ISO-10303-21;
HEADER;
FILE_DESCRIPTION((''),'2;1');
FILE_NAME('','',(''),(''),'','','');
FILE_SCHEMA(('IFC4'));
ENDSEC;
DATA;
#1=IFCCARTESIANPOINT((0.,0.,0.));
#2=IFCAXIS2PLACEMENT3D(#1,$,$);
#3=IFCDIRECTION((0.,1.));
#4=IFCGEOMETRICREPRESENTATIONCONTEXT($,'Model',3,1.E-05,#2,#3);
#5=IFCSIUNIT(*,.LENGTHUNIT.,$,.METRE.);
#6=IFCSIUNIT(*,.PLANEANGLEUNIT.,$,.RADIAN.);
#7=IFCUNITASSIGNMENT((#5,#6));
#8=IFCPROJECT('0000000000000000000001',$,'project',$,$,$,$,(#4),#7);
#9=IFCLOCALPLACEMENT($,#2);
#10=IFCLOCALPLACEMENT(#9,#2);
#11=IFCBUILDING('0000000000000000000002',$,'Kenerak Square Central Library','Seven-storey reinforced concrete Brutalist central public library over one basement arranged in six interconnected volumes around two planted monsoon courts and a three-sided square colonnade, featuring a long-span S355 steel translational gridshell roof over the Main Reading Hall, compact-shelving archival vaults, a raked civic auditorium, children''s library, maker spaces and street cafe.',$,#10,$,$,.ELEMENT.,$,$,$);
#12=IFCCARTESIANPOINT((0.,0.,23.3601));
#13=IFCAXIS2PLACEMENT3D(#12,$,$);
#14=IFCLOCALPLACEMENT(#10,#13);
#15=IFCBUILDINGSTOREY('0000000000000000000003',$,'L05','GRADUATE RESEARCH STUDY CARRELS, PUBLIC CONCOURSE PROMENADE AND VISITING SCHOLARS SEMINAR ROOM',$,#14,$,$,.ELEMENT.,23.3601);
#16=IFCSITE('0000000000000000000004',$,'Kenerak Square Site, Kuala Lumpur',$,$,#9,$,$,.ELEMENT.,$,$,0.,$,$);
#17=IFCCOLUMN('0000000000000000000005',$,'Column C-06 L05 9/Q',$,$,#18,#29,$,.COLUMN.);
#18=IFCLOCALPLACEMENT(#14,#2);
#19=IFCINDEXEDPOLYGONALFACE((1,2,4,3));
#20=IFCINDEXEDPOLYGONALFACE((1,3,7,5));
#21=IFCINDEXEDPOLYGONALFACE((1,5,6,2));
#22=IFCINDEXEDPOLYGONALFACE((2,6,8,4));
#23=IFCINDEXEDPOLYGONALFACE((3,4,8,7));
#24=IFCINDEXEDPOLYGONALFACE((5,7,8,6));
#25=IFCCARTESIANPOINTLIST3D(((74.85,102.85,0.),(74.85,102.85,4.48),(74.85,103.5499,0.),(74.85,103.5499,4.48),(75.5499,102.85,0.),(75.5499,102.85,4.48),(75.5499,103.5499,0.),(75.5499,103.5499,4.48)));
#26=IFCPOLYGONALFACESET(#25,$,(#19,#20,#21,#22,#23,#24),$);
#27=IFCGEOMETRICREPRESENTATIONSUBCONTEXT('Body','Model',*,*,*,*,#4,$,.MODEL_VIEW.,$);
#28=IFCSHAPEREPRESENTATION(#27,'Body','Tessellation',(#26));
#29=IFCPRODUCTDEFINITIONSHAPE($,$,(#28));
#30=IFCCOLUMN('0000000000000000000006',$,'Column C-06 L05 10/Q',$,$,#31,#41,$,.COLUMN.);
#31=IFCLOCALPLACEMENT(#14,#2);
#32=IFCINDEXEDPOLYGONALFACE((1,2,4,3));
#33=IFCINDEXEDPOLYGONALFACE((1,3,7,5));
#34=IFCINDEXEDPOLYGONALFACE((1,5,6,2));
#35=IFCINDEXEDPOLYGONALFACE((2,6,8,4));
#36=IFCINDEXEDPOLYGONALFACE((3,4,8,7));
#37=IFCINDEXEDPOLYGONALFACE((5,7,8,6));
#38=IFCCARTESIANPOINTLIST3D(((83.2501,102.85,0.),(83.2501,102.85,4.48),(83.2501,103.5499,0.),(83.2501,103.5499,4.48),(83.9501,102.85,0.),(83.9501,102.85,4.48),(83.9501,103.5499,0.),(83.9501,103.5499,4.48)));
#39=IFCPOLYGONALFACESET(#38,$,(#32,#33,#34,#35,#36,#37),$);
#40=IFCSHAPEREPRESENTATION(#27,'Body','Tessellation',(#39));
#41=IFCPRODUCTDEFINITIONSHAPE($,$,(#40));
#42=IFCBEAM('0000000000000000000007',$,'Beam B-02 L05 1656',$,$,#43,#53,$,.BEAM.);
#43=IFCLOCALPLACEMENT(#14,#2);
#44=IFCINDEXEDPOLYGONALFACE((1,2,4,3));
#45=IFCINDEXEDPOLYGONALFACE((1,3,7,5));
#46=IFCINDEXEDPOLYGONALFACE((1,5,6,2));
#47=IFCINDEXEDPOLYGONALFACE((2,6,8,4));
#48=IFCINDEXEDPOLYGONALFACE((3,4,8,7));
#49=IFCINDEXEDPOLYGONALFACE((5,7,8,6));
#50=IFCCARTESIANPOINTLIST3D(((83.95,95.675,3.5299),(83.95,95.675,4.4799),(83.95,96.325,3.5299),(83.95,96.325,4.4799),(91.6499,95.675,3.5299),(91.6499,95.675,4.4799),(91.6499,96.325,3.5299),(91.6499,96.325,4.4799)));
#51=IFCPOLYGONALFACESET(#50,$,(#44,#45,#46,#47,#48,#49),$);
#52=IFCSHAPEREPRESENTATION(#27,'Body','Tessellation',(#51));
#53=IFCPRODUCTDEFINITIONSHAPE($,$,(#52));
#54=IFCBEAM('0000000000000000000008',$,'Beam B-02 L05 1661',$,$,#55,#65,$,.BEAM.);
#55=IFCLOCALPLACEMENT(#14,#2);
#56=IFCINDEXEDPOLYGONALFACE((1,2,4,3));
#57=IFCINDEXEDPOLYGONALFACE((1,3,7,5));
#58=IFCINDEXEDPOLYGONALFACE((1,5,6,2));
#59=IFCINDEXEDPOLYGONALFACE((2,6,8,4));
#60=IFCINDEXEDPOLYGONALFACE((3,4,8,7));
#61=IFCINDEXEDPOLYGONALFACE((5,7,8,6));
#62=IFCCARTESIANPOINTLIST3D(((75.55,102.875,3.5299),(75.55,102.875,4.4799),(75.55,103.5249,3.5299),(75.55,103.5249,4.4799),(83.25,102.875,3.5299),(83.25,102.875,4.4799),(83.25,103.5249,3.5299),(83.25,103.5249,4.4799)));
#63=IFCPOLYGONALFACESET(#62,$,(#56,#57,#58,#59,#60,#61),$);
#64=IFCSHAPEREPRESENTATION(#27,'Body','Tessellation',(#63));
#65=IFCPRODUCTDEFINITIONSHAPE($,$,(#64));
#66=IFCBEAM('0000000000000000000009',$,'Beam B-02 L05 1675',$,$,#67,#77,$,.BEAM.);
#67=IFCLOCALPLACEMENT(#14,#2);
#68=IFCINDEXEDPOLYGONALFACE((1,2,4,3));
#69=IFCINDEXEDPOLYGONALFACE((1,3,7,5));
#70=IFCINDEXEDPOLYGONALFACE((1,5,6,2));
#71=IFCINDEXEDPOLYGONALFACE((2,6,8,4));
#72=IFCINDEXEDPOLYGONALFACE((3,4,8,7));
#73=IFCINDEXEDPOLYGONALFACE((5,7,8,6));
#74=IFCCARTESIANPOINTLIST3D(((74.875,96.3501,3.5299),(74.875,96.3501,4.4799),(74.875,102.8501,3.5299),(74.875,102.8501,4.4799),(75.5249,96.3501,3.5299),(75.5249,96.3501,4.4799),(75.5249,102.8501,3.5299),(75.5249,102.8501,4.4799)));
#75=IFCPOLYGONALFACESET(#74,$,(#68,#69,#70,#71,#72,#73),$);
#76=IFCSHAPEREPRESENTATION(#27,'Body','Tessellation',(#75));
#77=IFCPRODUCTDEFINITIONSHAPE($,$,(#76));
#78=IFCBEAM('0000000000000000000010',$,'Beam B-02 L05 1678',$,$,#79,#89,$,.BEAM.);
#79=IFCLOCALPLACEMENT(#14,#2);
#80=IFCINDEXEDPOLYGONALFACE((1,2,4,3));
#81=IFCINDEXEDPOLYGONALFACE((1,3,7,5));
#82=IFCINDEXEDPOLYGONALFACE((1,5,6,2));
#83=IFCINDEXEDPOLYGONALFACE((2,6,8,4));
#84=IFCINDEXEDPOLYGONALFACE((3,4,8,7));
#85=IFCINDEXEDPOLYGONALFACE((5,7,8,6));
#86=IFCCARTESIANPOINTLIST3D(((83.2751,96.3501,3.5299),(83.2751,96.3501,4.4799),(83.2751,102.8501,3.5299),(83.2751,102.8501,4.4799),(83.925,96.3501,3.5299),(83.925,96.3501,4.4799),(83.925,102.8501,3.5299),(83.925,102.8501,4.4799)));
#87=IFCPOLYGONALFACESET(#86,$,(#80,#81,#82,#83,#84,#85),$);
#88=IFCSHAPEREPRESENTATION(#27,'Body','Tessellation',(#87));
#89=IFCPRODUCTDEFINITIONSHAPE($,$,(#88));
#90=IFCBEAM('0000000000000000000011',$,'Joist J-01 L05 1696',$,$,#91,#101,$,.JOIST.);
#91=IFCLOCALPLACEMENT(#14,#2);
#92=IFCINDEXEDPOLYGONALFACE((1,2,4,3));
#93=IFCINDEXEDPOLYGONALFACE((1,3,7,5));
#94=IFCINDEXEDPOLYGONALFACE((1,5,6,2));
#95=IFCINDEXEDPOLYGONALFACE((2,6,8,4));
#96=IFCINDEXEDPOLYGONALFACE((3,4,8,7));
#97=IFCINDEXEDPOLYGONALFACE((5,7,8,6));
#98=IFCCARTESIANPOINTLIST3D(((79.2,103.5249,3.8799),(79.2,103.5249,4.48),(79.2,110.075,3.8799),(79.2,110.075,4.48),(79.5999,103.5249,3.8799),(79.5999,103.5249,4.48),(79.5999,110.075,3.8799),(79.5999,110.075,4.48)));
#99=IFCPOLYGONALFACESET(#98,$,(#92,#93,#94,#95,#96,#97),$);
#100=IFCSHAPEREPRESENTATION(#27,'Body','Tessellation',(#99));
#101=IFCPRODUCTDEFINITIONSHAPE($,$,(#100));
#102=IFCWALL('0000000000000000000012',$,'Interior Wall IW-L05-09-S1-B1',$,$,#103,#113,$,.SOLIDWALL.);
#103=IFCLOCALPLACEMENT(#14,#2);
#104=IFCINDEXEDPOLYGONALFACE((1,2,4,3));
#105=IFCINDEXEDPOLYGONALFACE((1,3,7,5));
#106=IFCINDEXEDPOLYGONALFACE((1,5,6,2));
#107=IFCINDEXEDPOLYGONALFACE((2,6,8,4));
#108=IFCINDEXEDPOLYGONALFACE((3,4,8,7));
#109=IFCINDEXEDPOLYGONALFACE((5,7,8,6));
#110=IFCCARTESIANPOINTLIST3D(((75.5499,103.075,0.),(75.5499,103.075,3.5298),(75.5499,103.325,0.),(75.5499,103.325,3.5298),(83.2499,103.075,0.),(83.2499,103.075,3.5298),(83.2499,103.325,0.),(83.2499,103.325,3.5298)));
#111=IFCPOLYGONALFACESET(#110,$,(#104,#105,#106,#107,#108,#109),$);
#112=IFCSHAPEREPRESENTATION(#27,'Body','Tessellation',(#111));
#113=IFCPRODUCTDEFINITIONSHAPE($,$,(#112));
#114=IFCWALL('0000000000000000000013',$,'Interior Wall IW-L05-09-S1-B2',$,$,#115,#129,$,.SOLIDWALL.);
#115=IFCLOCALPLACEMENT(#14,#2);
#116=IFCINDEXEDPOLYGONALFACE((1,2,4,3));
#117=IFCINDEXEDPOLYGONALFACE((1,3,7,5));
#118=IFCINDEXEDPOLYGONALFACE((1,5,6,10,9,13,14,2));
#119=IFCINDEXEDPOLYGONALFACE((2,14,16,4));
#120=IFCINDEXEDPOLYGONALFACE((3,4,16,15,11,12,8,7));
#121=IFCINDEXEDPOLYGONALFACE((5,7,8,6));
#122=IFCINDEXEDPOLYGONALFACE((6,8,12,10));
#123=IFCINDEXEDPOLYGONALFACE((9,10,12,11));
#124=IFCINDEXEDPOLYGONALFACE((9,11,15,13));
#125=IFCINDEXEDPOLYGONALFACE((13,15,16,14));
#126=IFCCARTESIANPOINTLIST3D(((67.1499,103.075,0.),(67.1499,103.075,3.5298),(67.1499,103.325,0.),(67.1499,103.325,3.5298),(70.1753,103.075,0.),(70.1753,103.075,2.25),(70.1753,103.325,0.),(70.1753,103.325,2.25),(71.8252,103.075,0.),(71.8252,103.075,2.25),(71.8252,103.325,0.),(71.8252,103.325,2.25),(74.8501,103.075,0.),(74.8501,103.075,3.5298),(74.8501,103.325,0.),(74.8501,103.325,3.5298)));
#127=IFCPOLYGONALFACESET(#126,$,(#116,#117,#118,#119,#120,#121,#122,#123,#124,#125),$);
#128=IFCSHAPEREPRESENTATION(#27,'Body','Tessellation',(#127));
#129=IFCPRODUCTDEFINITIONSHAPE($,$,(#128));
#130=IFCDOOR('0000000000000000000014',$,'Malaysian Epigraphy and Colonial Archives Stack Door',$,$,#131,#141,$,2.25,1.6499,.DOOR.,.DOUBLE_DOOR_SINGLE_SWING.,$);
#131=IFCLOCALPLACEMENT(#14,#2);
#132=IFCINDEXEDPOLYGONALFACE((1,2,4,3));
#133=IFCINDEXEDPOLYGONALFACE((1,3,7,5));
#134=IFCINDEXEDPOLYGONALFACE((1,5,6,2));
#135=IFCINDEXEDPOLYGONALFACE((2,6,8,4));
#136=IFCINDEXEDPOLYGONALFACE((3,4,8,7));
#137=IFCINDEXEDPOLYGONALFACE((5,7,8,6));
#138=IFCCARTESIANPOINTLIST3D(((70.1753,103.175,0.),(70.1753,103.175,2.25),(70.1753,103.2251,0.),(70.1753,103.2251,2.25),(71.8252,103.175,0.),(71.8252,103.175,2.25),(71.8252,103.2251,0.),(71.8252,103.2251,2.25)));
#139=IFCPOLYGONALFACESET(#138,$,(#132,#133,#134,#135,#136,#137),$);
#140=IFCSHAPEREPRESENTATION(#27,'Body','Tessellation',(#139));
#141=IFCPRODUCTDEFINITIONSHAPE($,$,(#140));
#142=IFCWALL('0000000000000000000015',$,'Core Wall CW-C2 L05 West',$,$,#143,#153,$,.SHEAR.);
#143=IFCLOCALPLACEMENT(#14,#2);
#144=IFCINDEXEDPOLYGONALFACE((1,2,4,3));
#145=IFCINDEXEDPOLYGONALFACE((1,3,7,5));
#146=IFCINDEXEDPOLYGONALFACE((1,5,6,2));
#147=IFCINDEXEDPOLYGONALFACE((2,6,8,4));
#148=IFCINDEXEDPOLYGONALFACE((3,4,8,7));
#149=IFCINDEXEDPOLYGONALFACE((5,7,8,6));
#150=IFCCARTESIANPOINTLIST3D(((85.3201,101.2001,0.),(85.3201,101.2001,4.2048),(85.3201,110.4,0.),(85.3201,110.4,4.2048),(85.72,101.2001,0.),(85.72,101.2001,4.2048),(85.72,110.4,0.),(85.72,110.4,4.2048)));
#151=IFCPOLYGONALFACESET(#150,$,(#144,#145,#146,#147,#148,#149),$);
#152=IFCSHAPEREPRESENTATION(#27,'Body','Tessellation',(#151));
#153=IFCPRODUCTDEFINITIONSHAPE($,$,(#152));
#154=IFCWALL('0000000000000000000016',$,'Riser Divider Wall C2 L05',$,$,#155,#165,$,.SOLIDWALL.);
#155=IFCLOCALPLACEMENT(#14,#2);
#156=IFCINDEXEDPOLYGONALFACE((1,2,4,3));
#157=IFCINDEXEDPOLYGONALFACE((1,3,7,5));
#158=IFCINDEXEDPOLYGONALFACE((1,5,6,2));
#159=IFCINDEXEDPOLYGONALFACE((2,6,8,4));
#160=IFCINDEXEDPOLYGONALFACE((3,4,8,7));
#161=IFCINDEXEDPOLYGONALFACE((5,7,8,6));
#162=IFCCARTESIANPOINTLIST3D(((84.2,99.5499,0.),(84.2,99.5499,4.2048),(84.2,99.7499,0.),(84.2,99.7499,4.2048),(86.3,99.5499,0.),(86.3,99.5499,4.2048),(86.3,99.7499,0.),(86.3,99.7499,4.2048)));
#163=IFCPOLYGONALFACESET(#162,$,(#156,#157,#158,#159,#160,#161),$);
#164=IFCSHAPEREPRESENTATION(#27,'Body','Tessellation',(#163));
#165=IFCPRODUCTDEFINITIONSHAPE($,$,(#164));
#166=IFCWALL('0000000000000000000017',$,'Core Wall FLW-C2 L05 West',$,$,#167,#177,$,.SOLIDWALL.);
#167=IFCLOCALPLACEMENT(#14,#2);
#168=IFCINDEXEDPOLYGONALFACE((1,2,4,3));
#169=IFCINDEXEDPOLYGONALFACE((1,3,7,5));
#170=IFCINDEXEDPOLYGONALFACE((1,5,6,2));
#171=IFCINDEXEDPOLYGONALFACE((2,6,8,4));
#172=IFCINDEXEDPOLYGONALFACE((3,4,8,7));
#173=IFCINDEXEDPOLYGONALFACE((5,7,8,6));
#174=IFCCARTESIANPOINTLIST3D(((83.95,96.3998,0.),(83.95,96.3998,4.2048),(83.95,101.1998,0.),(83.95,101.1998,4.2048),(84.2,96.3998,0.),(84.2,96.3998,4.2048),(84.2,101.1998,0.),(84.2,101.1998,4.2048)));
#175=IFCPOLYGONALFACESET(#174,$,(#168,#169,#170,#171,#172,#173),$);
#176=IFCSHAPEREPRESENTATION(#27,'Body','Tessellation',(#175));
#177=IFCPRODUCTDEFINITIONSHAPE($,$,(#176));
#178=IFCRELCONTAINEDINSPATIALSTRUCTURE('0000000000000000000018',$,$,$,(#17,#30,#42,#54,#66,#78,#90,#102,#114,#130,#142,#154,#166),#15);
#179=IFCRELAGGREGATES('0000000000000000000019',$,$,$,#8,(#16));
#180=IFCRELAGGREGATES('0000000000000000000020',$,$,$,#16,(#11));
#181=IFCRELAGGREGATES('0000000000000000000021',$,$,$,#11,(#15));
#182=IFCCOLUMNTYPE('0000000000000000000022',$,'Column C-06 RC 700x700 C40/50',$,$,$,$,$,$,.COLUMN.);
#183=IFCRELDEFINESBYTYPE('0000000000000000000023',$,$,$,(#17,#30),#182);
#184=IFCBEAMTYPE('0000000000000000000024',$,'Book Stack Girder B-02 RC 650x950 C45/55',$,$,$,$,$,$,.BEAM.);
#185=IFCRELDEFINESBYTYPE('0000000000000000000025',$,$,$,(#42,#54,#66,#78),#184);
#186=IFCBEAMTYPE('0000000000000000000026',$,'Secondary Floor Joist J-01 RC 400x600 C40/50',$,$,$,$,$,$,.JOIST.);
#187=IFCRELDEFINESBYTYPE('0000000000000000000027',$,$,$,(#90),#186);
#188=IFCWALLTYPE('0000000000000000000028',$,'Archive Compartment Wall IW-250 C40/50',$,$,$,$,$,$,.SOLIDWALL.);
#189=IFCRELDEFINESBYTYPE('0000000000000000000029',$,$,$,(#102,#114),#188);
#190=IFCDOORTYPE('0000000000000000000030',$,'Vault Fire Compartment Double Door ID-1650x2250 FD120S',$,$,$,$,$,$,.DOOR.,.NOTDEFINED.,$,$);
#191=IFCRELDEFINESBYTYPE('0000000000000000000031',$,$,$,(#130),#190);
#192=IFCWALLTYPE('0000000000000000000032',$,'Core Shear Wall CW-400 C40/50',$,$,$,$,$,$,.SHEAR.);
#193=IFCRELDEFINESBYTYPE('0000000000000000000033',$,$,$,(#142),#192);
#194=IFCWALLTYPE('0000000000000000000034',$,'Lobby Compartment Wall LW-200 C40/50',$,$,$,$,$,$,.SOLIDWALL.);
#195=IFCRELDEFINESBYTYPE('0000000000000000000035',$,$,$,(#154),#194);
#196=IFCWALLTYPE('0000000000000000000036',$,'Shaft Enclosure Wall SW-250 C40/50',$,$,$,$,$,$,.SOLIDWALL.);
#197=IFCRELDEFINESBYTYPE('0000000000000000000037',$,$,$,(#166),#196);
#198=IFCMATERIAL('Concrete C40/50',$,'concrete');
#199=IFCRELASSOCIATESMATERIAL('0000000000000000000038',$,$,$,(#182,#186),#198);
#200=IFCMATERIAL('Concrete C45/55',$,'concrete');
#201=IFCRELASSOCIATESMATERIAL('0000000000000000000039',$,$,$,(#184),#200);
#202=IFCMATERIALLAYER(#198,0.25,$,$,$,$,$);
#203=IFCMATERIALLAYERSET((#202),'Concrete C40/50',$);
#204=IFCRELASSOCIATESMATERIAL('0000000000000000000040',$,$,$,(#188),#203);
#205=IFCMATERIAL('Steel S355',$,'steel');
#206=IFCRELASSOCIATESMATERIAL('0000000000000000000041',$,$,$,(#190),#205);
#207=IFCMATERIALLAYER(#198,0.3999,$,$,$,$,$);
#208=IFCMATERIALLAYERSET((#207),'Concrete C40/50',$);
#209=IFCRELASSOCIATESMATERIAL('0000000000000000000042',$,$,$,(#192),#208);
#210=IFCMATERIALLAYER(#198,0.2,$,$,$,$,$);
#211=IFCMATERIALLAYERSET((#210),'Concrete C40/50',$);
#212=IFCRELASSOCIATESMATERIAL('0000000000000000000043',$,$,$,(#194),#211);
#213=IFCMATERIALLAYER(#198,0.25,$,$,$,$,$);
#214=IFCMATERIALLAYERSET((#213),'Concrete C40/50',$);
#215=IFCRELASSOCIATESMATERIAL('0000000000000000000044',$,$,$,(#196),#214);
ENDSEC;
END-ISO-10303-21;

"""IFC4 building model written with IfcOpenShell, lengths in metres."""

from ifc_helpers import new_model, si_unit, direction, frame, frame_2d, origin, origin_2d, place, context, subcontext, project, spatial, rectangle, extrude, material, layer, layer_set, material_profile, profile_set, type_object, element, fill, save


model = new_model("IFC4")

# Units and contexts
model_context = context("Model", 3, precision=1e-05, world=origin(), true_north=direction((0.0, 1.0)))
body_context = subcontext(model_context, "Body", "Model", "MODEL_VIEW")
ifc_project = project(units=[si_unit("LENGTHUNIT", "METRE"), si_unit("PLANEANGLEUNIT", "RADIAN")], contexts=[model_context])

# Site, building, storey
site_placement = place(None, origin())
site = spatial("IfcSite", under=ifc_project, at=site_placement, Name="Kenerak Square Site, Kuala Lumpur", CompositionType="ELEMENT", RefElevation=0.0)
building_placement = place(site_placement, origin())
building = spatial("IfcBuilding", under=site, at=building_placement, Name="Kenerak Square Central Library", Description="Seven-storey reinforced concrete Brutalist central public library over one basement arranged in six interconnected volumes around two planted monsoon courts and a three-sided square colonnade, featuring a long-span S355 steel translational gridshell roof over the Main Reading Hall, compact-shelving archival vaults, a raked civic auditorium, children's library, maker spaces and street cafe.", CompositionType="ELEMENT")
storey_placement = place(building_placement, frame((0.0, 0.0, 23.3601)))
storey = spatial("IfcBuildingStorey", under=building, at=storey_placement, Name="L05", Description="GRADUATE RESEARCH STUDY CARRELS, PUBLIC CONCOURSE PROMENADE AND VISITING SCHOLARS SEMINAR ROOM", CompositionType="ELEMENT", Elevation=23.3601)

# Columns
ifc_material_1 = material(Name="Concrete C40/50", Category="concrete")
ifc_material_profile_1 = material_profile(ifc_material_1, rectangle(XDim=0.7, YDim=0.7, at=origin_2d()), Name="RC 700x700")
ifc_profile_set_1 = profile_set([ifc_material_profile_1], Name="Concrete C40/50")
column_type = type_object("IfcColumnType", Name="Column C-06 RC 700x700 C40/50", PredefinedType="COLUMN", material=ifc_profile_set_1)
for number, where, z_axis, x_axis, name in (
    (1, (75.2, 103.2, 0.0), (0.0, 0.0, 1.0), (1.0, 0.0, 0.0), "Column C-06 L05 9/Q"),
    (2, (83.6001, 103.2, 0.0), (0.0, 0.0, 1.0), (1.0, 0.0, 0.0), "Column C-06 L05 10/Q"),
):
    element("IfcColumn", number, at=place(storey_placement, frame(where, z_axis=z_axis, x_axis=x_axis)), inside=storey, type_object=column_type, Name=name, PredefinedType="COLUMN", context=body_context, shape_type="SweptSolid", body=[
        extrude(rectangle(XDim=0.7, YDim=0.7, at=origin_2d()), origin(), (0.0, 0.0, 1.0), 4.48),
    ])

# Beams
ifc_material_2 = material(Name="Concrete C45/55", Category="concrete")
ifc_material_profile_2 = material_profile(ifc_material_2, rectangle(XDim=0.6499, YDim=0.95, at=origin_2d()), Name="RC 650x950")
ifc_profile_set_2 = profile_set([ifc_material_profile_2], Name="Concrete C45/55")
beam_type_1 = type_object("IfcBeamType", Name="Book Stack Girder B-02 RC 650x950 C45/55", PredefinedType="BEAM", material=ifc_profile_set_2)
for number, where, z_axis, x_axis, name in (
    (3, (83.95, 96.0, 4.0049), (1.0, 0.0, 0.0), (0.0, 1.0, 0.0), "Beam B-02 L05 1656"),
    (4, (75.55, 103.2, 4.0049), (1.0, 0.0, 0.0), (0.0, 1.0, 0.0), "Beam B-02 L05 1661"),
):
    element("IfcBeam", number, at=place(storey_placement, frame(where, z_axis=z_axis, x_axis=x_axis)), inside=storey, type_object=beam_type_1, Name=name, PredefinedType="BEAM", context=body_context, shape_type="SweptSolid", body=[
        extrude(rectangle(XDim=0.6499, YDim=0.95, at=origin_2d()), origin(), (0.0, 0.0, 1.0), 7.7),
    ])
for number, where, z_axis, x_axis, name in (
    (5, (75.2, 96.3501, 4.0049), (0.0, 1.0, 0.0), (-1.0, 0.0, 0.0), "Beam B-02 L05 1675"),
    (6, (83.6001, 96.3501, 4.0049), (0.0, 1.0, 0.0), (-1.0, 0.0, 0.0), "Beam B-02 L05 1678"),
):
    element("IfcBeam", number, at=place(storey_placement, frame(where, z_axis=z_axis, x_axis=x_axis)), inside=storey, type_object=beam_type_1, Name=name, PredefinedType="BEAM", context=body_context, shape_type="SweptSolid", body=[
        extrude(rectangle(XDim=0.6499, YDim=0.95, at=origin_2d()), origin(), (0.0, 0.0, 1.0), 6.5),
    ])
ifc_material_profile_3 = material_profile(ifc_material_1, rectangle(XDim=0.3999, YDim=0.6001, at=origin_2d()), Name="RC 400x600")
ifc_profile_set_3 = profile_set([ifc_material_profile_3], Name="Concrete C40/50")
beam_type_2 = type_object("IfcBeamType", Name="Secondary Floor Joist J-01 RC 400x600 C40/50", PredefinedType="JOIST", material=ifc_profile_set_3)
beam_placement = place(storey_placement, frame((79.3999, 103.5249, 4.1799), z_axis=(0.0, 1.0, 0.0), x_axis=(-1.0, 0.0, 0.0)))
element("IfcBeam", 7, at=beam_placement, inside=storey, type_object=beam_type_2, Name="Joist J-01 L05 1696", PredefinedType="JOIST", context=body_context, shape_type="SweptSolid", body=[
    extrude(rectangle(XDim=0.3999, YDim=0.6001, at=origin_2d()), origin(), (0.0, 0.0, 1.0), 6.55),
])

# Wall
ifc_layer_1 = layer(ifc_material_1, 0.25)
ifc_layer_set_1 = layer_set([ifc_layer_1], Name="Concrete C40/50")
wall_type_1 = type_object("IfcWallType", Name="Archive Compartment Wall IW-250 C40/50", PredefinedType="SOLIDWALL", material=ifc_layer_set_1)
wall_1_placement = place(storey_placement, frame((83.25, 103.2, 0.0), z_axis=(0.0, 0.0, 1.0), x_axis=(-1.0, 0.0, 0.0)))
element("IfcWall", 8, at=wall_1_placement, inside=storey, type_object=wall_type_1, Name="Interior Wall IW-L05-09-S1-B1", PredefinedType="SOLIDWALL", context=body_context, shape_type="SweptSolid", body=[
    extrude(rectangle(XDim=7.7, YDim=0.25, at=frame_2d((3.8501, 0.0))), origin(), (0.0, 0.0, 1.0), 3.5298),
])

# Wall, opening, door
wall_2_placement = place(storey_placement, frame((74.8501, 103.2, 0.0), z_axis=(0.0, 0.0, 1.0), x_axis=(-1.0, 0.0, 0.0)))
wall_2 = element("IfcWall", 9, at=wall_2_placement, inside=storey, type_object=wall_type_1, Name="Interior Wall IW-L05-09-S1-B2", PredefinedType="SOLIDWALL", context=body_context, shape_type="SweptSolid", body=[
    extrude(rectangle(XDim=7.7002, YDim=0.25, at=frame_2d((3.8501, 0.0))), origin(), (0.0, 0.0, 1.0), 3.5298),
])
opening_1_placement = place(wall_2_placement, frame((3.0249, 0.0, 0.0)))
opening_1 = element("IfcOpeningElement", 10, at=opening_1_placement, cuts=wall_2, PredefinedType="OPENING", context=body_context, shape_type="SweptSolid", body=[
    extrude(rectangle(XDim=1.6499, YDim=2.25, at=frame_2d((0.825, 1.125))), frame((0.0, 0.135, 0.0), z_axis=(0.0, -1.0, 0.0), x_axis=(1.0, 0.0, 0.0)), (0.0, 0.0, 1.0), 0.27),
])
ifc_material_3 = material(Name="Steel S355", Category="steel")
door_type_1 = type_object("IfcDoorType", Name="Vault Fire Compartment Double Door ID-1650x2250 FD120S", OperationType="NOTDEFINED", PredefinedType="DOOR", material=ifc_material_3)
door_1_placement = place(opening_1_placement, origin())
door_1 = element("IfcDoor", 11, at=door_1_placement, inside=storey, type_object=door_type_1, Name="Malaysian Epigraphy and Colonial Archives Stack Door", OperationType="DOUBLE_DOOR_SINGLE_SWING", OverallHeight=2.25, OverallWidth=1.6499, PredefinedType="DOOR", context=body_context, shape_type="SweptSolid", body=[
    extrude(rectangle(XDim=1.6499, YDim=2.25, at=frame_2d((0.825, 1.125))), frame((0.0, 0.0249, 0.0), z_axis=(0.0, -1.0, 0.0), x_axis=(1.0, 0.0, 0.0)), (0.0, 0.0, 1.0), 0.05),
])
fill(opening_1, door_1)

# Walls
ifc_layer_2 = layer(ifc_material_1, 0.3999)
ifc_layer_set_2 = layer_set([ifc_layer_2], Name="Concrete C40/50")
wall_type_2 = type_object("IfcWallType", Name="Core Shear Wall CW-400 C40/50", PredefinedType="SHEAR", material=ifc_layer_set_2)
wall_3_placement = place(storey_placement, frame((85.52, 101.2, 0.0), z_axis=(0.0, 0.0, 1.0), x_axis=(0.0, 1.0, 0.0)))
element("IfcWall", 12, at=wall_3_placement, inside=storey, type_object=wall_type_2, Name="Core Wall CW-C2 L05 West", PredefinedType="SHEAR", context=body_context, shape_type="SweptSolid", body=[
    extrude(rectangle(XDim=9.2, YDim=0.3999, at=frame_2d((4.6001, 0.0))), origin(), (0.0, 0.0, 1.0), 4.2048),
])
ifc_layer_3 = layer(ifc_material_1, 0.2)
ifc_layer_set_3 = layer_set([ifc_layer_3], Name="Concrete C40/50")
wall_type_3 = type_object("IfcWallType", Name="Lobby Compartment Wall LW-200 C40/50", PredefinedType="SOLIDWALL", material=ifc_layer_set_3)
wall_4_placement = place(storey_placement, frame((84.2, 99.6499, 0.0), z_axis=(0.0, 0.0, 1.0), x_axis=(1.0, 0.0, 0.0)))
element("IfcWall", 13, at=wall_4_placement, inside=storey, type_object=wall_type_3, Name="Riser Divider Wall C2 L05", PredefinedType="SOLIDWALL", context=body_context, shape_type="SweptSolid", body=[
    extrude(rectangle(XDim=2.1001, YDim=0.2, at=frame_2d((1.05, 0.0))), origin(), (0.0, 0.0, 1.0), 4.2048),
])
ifc_layer_4 = layer(ifc_material_1, 0.25)
ifc_layer_set_4 = layer_set([ifc_layer_4], Name="Concrete C40/50")
wall_type_4 = type_object("IfcWallType", Name="Shaft Enclosure Wall SW-250 C40/50", PredefinedType="SOLIDWALL", material=ifc_layer_set_4)
wall_5_placement = place(storey_placement, frame((84.075, 96.3999, 0.0), z_axis=(0.0, 0.0, 1.0), x_axis=(0.0, 1.0, 0.0)))
element("IfcWall", 14, at=wall_5_placement, inside=storey, type_object=wall_type_4, Name="Core Wall FLW-C2 L05 West", PredefinedType="SOLIDWALL", context=body_context, shape_type="SweptSolid", body=[
    extrude(rectangle(XDim=4.8, YDim=0.25, at=frame_2d((2.3999, 0.0))), origin(), (0.0, 0.0, 1.0), 4.2048),
])

save(model, "model.ifc")
